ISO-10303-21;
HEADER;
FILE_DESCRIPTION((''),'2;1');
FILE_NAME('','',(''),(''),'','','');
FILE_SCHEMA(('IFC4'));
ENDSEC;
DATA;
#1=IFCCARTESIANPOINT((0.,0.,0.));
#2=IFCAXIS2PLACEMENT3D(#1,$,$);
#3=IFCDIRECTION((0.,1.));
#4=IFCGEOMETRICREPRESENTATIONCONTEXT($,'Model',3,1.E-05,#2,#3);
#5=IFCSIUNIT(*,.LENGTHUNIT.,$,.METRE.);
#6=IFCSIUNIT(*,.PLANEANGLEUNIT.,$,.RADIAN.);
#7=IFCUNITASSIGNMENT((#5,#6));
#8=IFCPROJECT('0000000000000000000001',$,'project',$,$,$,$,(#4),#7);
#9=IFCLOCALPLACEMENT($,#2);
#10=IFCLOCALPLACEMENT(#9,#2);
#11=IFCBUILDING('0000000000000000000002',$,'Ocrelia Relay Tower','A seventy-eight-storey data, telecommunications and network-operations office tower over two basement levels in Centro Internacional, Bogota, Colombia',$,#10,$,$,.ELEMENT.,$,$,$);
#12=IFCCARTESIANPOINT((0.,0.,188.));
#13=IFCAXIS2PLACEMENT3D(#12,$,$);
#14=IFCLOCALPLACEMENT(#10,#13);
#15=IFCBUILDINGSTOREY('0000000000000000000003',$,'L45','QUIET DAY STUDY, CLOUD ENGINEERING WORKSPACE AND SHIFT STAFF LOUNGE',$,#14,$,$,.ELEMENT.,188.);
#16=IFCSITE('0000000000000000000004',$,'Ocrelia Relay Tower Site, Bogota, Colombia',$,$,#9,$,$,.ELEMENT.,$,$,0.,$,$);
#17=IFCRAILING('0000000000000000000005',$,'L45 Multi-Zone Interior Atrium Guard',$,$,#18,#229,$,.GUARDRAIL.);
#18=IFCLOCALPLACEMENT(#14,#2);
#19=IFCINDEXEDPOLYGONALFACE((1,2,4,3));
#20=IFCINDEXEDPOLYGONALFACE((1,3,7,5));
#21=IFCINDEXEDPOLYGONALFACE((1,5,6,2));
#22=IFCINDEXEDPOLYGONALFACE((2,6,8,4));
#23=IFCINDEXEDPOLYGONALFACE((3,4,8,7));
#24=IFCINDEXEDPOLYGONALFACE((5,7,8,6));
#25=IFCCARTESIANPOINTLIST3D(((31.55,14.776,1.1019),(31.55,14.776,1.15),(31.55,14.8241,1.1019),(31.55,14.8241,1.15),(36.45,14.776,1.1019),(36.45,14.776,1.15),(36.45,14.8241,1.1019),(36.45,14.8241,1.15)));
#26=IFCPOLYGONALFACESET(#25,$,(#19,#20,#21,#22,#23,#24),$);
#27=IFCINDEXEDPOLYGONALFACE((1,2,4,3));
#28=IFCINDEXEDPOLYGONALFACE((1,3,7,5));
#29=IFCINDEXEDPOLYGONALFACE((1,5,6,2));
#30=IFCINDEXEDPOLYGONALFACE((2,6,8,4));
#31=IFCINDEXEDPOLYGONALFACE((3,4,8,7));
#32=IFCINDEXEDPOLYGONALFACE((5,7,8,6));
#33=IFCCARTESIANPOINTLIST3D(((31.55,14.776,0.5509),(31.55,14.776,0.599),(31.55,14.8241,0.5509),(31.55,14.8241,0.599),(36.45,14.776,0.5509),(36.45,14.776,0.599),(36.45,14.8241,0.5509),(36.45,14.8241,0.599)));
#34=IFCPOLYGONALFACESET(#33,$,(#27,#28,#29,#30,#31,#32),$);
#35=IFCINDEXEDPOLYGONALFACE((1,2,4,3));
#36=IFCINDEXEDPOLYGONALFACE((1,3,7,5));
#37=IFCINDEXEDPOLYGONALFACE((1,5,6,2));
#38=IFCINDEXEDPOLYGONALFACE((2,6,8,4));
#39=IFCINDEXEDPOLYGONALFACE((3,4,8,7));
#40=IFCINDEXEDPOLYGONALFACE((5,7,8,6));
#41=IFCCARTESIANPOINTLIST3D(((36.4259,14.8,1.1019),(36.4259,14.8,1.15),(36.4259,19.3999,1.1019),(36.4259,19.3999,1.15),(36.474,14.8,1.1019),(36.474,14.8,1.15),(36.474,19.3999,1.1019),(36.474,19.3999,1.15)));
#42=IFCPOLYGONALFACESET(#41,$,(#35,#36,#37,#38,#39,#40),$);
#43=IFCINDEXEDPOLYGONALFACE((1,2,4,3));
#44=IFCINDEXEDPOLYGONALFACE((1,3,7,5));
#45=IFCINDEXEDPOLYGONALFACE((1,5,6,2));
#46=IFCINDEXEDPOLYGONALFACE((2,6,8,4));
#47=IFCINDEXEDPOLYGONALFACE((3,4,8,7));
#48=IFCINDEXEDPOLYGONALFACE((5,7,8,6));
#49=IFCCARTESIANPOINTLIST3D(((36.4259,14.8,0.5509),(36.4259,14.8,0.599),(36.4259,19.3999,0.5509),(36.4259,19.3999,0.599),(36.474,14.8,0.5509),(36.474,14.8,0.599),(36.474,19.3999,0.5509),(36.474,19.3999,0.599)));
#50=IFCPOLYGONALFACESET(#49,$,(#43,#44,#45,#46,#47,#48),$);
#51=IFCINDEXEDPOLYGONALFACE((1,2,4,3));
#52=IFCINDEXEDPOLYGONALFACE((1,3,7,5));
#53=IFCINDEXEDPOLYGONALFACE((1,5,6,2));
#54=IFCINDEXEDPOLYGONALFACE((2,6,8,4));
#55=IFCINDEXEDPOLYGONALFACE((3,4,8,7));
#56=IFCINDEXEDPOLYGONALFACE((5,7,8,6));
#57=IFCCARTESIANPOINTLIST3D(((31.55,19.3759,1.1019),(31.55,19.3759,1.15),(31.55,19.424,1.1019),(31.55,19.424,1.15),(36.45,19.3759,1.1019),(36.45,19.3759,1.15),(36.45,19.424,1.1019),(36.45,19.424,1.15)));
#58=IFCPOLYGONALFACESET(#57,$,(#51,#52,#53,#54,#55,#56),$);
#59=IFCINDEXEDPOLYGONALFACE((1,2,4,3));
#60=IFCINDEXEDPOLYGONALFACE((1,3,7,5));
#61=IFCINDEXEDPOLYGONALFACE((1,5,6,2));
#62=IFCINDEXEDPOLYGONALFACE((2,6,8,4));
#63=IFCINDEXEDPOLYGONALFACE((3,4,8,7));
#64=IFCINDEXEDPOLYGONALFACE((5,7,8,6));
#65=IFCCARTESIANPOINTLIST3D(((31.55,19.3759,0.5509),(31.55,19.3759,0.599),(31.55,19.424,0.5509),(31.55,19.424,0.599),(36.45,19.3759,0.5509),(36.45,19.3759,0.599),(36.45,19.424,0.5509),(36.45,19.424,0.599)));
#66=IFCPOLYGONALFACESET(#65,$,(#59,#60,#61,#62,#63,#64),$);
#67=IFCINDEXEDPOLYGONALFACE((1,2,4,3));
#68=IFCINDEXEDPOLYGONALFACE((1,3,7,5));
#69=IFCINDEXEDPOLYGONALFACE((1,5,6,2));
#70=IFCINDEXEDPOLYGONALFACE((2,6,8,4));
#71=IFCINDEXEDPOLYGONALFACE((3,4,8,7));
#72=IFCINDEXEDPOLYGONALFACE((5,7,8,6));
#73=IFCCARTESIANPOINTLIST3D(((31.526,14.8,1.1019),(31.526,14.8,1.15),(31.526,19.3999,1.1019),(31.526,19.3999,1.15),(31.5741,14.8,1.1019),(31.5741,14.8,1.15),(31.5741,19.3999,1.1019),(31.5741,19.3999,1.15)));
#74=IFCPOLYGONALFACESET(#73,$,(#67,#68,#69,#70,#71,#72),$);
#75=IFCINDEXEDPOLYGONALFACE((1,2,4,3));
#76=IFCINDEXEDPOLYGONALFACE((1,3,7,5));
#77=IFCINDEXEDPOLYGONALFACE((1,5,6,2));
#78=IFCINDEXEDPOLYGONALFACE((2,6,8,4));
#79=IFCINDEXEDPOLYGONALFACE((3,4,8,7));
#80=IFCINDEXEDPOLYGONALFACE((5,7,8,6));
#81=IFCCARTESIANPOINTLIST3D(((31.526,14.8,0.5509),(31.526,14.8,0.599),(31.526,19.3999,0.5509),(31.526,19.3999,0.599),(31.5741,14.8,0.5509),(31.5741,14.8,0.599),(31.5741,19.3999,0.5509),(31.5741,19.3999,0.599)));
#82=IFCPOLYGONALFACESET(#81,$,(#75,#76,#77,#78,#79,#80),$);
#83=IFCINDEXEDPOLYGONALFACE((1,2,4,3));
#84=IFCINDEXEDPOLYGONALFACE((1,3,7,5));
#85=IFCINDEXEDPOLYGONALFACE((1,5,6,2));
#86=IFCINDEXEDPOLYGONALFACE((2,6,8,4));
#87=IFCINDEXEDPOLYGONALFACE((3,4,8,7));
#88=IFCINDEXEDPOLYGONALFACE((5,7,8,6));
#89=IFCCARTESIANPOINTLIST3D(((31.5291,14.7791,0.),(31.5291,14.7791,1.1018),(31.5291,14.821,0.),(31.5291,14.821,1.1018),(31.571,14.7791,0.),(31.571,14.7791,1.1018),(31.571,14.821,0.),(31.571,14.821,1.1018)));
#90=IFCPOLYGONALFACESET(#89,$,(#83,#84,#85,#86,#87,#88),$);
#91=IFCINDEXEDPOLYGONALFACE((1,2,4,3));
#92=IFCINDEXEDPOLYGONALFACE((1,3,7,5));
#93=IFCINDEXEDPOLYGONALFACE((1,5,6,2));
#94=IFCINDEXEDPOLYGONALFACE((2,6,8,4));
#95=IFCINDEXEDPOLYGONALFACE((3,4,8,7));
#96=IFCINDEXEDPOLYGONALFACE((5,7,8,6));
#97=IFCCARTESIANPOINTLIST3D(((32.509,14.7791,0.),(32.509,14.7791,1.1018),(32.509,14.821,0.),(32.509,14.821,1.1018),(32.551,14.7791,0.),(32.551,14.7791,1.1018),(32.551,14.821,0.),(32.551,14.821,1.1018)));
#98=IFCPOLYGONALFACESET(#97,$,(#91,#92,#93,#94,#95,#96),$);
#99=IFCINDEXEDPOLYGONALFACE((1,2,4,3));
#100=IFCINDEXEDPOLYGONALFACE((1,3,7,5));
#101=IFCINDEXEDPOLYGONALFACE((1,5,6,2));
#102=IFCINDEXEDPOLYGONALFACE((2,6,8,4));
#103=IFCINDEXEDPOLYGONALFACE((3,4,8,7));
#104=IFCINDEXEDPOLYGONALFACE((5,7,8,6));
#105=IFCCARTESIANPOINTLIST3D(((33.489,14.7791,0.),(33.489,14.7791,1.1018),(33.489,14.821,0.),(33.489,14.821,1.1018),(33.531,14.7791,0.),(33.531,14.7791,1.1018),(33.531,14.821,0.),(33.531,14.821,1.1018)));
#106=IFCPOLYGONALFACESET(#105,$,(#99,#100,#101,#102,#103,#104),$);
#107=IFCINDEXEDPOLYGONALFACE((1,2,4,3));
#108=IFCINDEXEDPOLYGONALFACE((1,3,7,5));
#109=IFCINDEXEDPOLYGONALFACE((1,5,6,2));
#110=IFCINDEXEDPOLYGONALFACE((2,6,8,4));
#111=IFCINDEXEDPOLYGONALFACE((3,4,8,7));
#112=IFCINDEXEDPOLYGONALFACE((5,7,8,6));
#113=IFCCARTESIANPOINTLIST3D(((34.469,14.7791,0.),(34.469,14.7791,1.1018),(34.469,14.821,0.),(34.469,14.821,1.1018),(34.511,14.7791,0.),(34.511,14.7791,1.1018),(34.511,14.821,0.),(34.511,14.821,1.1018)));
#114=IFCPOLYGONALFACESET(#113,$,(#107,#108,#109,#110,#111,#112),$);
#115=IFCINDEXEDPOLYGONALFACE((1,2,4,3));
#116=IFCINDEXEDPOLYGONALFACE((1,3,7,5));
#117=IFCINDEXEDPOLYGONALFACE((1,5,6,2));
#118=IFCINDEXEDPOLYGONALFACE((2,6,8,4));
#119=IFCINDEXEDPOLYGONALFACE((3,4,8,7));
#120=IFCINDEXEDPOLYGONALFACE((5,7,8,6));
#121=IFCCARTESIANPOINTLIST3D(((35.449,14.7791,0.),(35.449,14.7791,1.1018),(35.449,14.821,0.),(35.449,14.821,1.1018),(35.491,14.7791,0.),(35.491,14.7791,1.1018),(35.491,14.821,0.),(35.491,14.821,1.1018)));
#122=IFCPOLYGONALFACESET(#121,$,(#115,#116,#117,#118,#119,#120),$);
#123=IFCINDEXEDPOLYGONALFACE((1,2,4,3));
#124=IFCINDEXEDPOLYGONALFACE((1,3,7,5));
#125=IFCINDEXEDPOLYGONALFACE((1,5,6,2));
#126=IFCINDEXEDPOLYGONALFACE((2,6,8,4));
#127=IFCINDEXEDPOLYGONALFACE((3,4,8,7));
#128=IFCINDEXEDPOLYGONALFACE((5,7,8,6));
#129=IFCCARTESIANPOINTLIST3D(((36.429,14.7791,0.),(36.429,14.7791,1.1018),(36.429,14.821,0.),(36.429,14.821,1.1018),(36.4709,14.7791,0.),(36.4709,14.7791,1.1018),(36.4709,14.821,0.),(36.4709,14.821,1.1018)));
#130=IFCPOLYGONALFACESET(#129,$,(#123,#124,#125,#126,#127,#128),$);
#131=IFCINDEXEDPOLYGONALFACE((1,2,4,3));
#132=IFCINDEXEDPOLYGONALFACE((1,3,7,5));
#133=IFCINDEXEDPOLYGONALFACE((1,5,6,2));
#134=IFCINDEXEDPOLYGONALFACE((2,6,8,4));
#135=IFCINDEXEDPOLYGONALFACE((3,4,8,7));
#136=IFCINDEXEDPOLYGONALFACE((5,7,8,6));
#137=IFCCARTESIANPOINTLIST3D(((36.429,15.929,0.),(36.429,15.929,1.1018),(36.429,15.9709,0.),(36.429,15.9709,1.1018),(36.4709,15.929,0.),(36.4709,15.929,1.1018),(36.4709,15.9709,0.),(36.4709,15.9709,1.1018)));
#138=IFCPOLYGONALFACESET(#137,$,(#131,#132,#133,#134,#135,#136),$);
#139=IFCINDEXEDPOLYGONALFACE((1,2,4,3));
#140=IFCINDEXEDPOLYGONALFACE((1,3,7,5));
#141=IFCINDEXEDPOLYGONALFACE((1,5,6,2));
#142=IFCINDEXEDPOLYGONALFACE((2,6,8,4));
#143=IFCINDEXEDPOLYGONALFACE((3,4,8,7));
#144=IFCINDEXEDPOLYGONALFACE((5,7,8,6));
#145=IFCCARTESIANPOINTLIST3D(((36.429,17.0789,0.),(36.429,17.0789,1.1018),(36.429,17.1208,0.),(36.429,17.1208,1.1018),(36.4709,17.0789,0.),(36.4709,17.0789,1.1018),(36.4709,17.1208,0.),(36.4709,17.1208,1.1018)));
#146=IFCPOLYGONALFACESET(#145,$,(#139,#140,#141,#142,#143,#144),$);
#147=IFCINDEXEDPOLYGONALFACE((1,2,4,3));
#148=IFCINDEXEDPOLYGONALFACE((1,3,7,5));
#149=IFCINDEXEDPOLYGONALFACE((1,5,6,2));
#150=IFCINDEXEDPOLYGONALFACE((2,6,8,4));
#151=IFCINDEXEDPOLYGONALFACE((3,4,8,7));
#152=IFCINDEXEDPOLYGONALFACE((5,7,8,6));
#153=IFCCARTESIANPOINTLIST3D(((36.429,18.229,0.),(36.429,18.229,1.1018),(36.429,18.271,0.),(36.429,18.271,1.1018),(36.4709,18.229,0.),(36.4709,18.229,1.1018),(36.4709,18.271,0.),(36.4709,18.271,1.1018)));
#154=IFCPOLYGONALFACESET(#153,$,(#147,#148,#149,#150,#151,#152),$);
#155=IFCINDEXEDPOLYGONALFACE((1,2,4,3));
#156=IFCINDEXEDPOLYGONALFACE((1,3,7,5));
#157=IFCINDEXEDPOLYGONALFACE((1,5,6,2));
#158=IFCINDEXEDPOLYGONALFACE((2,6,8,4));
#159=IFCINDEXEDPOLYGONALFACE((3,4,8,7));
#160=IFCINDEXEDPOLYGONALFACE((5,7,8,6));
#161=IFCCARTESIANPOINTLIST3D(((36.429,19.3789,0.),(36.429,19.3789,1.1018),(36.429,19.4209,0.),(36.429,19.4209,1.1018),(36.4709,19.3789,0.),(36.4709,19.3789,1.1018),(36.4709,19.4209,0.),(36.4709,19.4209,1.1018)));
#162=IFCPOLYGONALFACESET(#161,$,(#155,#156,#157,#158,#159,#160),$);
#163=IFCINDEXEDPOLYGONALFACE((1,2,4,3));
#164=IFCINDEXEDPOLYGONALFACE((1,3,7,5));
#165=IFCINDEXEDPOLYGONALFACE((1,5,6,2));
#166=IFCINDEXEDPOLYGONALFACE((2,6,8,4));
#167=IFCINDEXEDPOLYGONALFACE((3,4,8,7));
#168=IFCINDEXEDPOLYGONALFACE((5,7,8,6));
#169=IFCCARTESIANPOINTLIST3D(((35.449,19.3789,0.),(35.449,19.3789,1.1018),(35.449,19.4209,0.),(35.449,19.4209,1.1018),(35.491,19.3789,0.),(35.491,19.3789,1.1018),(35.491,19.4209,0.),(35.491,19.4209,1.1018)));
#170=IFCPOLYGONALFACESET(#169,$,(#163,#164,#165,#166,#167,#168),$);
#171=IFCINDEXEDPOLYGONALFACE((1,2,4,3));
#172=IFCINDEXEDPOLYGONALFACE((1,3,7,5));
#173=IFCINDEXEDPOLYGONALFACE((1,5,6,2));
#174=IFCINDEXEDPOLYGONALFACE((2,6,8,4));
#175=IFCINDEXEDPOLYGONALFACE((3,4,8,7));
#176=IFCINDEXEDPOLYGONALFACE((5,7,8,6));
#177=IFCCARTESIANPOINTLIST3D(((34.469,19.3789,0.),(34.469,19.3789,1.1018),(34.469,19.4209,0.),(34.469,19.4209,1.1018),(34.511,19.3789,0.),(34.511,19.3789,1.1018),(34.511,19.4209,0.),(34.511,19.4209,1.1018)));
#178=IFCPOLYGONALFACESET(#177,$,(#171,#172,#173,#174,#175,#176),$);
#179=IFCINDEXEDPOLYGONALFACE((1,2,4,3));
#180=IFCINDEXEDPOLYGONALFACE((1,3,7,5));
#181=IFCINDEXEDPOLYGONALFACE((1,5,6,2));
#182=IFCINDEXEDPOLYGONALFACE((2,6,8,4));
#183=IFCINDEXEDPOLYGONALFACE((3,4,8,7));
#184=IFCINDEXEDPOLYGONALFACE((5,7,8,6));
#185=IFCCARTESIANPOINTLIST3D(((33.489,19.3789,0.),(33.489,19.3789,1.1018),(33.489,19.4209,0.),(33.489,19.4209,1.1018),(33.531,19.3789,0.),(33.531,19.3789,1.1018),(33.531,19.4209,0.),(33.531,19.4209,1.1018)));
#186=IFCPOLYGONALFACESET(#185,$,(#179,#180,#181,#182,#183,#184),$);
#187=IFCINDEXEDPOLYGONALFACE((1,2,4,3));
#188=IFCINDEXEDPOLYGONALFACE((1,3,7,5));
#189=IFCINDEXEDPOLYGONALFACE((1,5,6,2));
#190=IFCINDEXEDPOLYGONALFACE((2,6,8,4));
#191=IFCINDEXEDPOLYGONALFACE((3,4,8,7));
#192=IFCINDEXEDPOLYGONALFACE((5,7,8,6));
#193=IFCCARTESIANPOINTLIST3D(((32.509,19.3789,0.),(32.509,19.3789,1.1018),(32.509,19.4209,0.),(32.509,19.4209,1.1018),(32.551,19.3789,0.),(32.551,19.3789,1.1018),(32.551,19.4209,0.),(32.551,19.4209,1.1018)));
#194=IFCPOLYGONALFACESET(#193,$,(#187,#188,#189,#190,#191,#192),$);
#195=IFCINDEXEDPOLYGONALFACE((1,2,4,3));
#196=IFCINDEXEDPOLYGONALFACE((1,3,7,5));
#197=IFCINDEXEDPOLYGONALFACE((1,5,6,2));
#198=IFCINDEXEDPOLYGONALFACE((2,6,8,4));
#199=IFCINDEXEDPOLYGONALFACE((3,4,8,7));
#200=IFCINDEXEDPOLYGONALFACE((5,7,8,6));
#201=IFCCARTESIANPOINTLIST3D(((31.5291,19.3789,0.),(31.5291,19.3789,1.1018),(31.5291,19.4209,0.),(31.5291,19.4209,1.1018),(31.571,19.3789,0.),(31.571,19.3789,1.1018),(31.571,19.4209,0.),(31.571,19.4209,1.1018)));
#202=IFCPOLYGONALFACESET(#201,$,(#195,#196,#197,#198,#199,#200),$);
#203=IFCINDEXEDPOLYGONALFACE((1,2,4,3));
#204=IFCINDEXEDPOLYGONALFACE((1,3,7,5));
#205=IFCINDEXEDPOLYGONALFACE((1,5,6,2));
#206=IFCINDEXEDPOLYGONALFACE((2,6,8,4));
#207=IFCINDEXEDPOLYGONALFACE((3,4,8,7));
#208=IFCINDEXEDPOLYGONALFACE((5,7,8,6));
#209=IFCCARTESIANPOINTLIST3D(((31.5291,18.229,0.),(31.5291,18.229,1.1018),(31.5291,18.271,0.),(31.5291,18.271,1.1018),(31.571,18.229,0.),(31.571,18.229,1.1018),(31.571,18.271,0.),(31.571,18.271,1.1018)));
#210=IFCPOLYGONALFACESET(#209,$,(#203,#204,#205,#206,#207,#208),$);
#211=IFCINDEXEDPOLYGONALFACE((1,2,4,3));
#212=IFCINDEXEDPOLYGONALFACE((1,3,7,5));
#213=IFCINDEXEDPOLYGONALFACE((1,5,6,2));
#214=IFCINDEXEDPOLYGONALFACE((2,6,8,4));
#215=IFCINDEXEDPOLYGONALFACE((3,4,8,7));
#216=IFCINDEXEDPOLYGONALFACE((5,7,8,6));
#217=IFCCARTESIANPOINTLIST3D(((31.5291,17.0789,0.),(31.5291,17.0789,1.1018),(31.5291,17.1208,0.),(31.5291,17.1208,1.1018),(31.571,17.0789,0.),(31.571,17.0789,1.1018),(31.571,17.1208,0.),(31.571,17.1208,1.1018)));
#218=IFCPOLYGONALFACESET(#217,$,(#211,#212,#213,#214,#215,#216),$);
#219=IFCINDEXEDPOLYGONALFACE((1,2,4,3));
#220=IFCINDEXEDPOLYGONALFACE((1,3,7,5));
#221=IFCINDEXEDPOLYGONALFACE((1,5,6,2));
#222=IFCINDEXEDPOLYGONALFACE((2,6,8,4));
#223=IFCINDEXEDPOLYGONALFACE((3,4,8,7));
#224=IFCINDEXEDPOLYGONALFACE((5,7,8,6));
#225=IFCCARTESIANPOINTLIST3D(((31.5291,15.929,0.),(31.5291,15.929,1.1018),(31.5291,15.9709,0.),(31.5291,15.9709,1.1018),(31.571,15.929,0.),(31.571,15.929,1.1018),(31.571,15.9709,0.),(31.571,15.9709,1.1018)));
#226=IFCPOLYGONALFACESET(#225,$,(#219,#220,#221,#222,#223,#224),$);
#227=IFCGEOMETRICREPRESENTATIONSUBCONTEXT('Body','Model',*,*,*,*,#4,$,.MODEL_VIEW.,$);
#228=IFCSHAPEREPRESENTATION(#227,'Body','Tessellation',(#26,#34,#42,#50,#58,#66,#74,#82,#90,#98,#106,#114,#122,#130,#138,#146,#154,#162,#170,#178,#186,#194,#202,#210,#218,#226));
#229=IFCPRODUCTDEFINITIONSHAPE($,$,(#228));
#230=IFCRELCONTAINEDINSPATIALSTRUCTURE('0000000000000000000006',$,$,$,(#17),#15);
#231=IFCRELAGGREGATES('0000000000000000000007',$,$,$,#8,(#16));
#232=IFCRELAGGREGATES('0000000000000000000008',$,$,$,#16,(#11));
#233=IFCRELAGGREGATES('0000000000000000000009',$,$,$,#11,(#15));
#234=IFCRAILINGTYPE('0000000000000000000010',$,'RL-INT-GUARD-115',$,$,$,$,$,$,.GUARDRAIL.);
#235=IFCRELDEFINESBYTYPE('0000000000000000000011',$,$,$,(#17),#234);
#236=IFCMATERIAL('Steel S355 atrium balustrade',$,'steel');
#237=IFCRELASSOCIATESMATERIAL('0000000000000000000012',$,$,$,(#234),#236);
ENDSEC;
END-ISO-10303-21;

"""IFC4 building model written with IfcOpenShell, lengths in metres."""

from ifc_helpers import new_model, si_unit, direction, frame, origin, origin_2d, place, context, subcontext, project, spatial, rectangle, extrude, material, type_object, element, save


model = new_model("IFC4")

# Units and contexts
model_context = context("Model", 3, precision=1e-05, world=origin(), true_north=direction((0.0, 1.0)))
body_context = subcontext(model_context, "Body", "Model", "MODEL_VIEW")
ifc_project = project(units=[si_unit("LENGTHUNIT", "METRE"), si_unit("PLANEANGLEUNIT", "RADIAN")], contexts=[model_context])

# Site, building, storey
site_placement = place(None, origin())
site = spatial("IfcSite", under=ifc_project, at=site_placement, Name="Ocrelia Relay Tower Site, Bogota, Colombia", CompositionType="ELEMENT", RefElevation=0.0)
building_placement = place(site_placement, origin())
building = spatial("IfcBuilding", under=site, at=building_placement, Name="Ocrelia Relay Tower", Description="A seventy-eight-storey data, telecommunications and network-operations office tower over two basement levels in Centro Internacional, Bogota, Colombia", CompositionType="ELEMENT")
storey_placement = place(building_placement, frame((0.0, 0.0, 188.0)))
storey = spatial("IfcBuildingStorey", under=building, at=storey_placement, Name="L45", Description="QUIET DAY STUDY, CLOUD ENGINEERING WORKSPACE AND SHIFT STAFF LOUNGE", CompositionType="ELEMENT", Elevation=188.0)

# Railing
ifc_material_1 = material(Name="Steel S355 atrium balustrade", Category="steel")
railing_type_1 = type_object("IfcRailingType", Name="RL-INT-GUARD-115", PredefinedType="GUARDRAIL", material=ifc_material_1)
railing_1_placement = place(storey_placement, frame((31.55, 14.8, 0.0)))
element("IfcRailing", 1, at=railing_1_placement, inside=storey, type_object=railing_type_1, Name="L45 Multi-Zone Interior Atrium Guard", PredefinedType="GUARDRAIL", context=body_context, shape_type="SweptSolid", body=[
    extrude(rectangle(XDim=0.0481, YDim=0.0481, at=origin_2d()), frame((0.0, 0.0, 1.126), z_axis=(1.0, 0.0, 0.0), x_axis=(0.0, 1.0, 0.0)), (0.0, 0.0, 1.0), 4.8999),
    extrude(rectangle(XDim=0.0481, YDim=0.0481, at=origin_2d()), frame((0.0, 0.0, 0.575), z_axis=(1.0, 0.0, 0.0), x_axis=(0.0, 1.0, 0.0)), (0.0, 0.0, 1.0), 4.8999),
    extrude(rectangle(XDim=0.0481, YDim=0.0481, at=origin_2d()), frame((4.8999, 0.0, 1.126), z_axis=(0.0, 1.0, 0.0), x_axis=(-1.0, 0.0, 0.0)), (0.0, 0.0, 1.0), 4.5999),
    extrude(rectangle(XDim=0.0481, YDim=0.0481, at=origin_2d()), frame((4.8999, 0.0, 0.575), z_axis=(0.0, 1.0, 0.0), x_axis=(-1.0, 0.0, 0.0)), (0.0, 0.0, 1.0), 4.5999),
    extrude(rectangle(XDim=0.0481, YDim=0.0481, at=origin_2d()), frame((4.8999, 4.5999, 1.126), z_axis=(-1.0, 0.0, 0.0), x_axis=(0.0, -1.0, 0.0)), (0.0, 0.0, 1.0), 4.8999),
    extrude(rectangle(XDim=0.0481, YDim=0.0481, at=origin_2d()), frame((4.8999, 4.5999, 0.575), z_axis=(-1.0, 0.0, 0.0), x_axis=(0.0, -1.0, 0.0)), (0.0, 0.0, 1.0), 4.8999),
    extrude(rectangle(XDim=0.0481, YDim=0.0481, at=origin_2d()), frame((0.0, 4.5999, 1.126), z_axis=(0.0, -1.0, 0.0), x_axis=(1.0, 0.0, 0.0)), (0.0, 0.0, 1.0), 4.5999),
    extrude(rectangle(XDim=0.0481, YDim=0.0481, at=origin_2d()), frame((0.0, 4.5999, 0.575), z_axis=(0.0, -1.0, 0.0), x_axis=(1.0, 0.0, 0.0)), (0.0, 0.0, 1.0), 4.5999),
    extrude(rectangle(XDim=0.042, YDim=0.042, at=origin_2d()), origin(), (0.0, 0.0, 1.0), 1.1018),
    extrude(rectangle(XDim=0.042, YDim=0.042, at=origin_2d()), frame((0.98, 0.0, 0.0)), (0.0, 0.0, 1.0), 1.1018),
    extrude(rectangle(XDim=0.042, YDim=0.042, at=origin_2d()), frame((1.96, 0.0, 0.0)), (0.0, 0.0, 1.0), 1.1018),
    extrude(rectangle(XDim=0.042, YDim=0.042, at=origin_2d()), frame((2.9399, 0.0, 0.0)), (0.0, 0.0, 1.0), 1.1018),
    extrude(rectangle(XDim=0.042, YDim=0.042, at=origin_2d()), frame((3.9199, 0.0, 0.0)), (0.0, 0.0, 1.0), 1.1018),
    extrude(rectangle(XDim=0.042, YDim=0.042, at=origin_2d()), frame((4.8999, 0.0, 0.0)), (0.0, 0.0, 1.0), 1.1018),
    extrude(rectangle(XDim=0.042, YDim=0.042, at=origin_2d()), frame((4.8999, 1.1499, 0.0)), (0.0, 0.0, 1.0), 1.1018),
    extrude(rectangle(XDim=0.042, YDim=0.042, at=origin_2d()), frame((4.8999, 2.2998, 0.0)), (0.0, 0.0, 1.0), 1.1018),
    extrude(rectangle(XDim=0.042, YDim=0.042, at=origin_2d()), frame((4.8999, 3.45, 0.0)), (0.0, 0.0, 1.0), 1.1018),
    extrude(rectangle(XDim=0.042, YDim=0.042, at=origin_2d()), frame((4.8999, 4.5999, 0.0)), (0.0, 0.0, 1.0), 1.1018),
    extrude(rectangle(XDim=0.042, YDim=0.042, at=origin_2d()), frame((3.9199, 4.5999, 0.0)), (0.0, 0.0, 1.0), 1.1018),
    extrude(rectangle(XDim=0.042, YDim=0.042, at=origin_2d()), frame((2.9399, 4.5999, 0.0)), (0.0, 0.0, 1.0), 1.1018),
    extrude(rectangle(XDim=0.042, YDim=0.042, at=origin_2d()), frame((1.96, 4.5999, 0.0)), (0.0, 0.0, 1.0), 1.1018),
    extrude(rectangle(XDim=0.042, YDim=0.042, at=origin_2d()), frame((0.98, 4.5999, 0.0)), (0.0, 0.0, 1.0), 1.1018),
    extrude(rectangle(XDim=0.042, YDim=0.042, at=origin_2d()), frame((0.0, 4.5999, 0.0)), (0.0, 0.0, 1.0), 1.1018),
    extrude(rectangle(XDim=0.042, YDim=0.042, at=origin_2d()), frame((0.0, 3.45, 0.0)), (0.0, 0.0, 1.0), 1.1018),
    extrude(rectangle(XDim=0.042, YDim=0.042, at=origin_2d()), frame((0.0, 2.2998, 0.0)), (0.0, 0.0, 1.0), 1.1018),
    extrude(rectangle(XDim=0.042, YDim=0.042, at=origin_2d()), frame((0.0, 1.1499, 0.0)), (0.0, 0.0, 1.0), 1.1018),
])

save(model, "model.ifc")
